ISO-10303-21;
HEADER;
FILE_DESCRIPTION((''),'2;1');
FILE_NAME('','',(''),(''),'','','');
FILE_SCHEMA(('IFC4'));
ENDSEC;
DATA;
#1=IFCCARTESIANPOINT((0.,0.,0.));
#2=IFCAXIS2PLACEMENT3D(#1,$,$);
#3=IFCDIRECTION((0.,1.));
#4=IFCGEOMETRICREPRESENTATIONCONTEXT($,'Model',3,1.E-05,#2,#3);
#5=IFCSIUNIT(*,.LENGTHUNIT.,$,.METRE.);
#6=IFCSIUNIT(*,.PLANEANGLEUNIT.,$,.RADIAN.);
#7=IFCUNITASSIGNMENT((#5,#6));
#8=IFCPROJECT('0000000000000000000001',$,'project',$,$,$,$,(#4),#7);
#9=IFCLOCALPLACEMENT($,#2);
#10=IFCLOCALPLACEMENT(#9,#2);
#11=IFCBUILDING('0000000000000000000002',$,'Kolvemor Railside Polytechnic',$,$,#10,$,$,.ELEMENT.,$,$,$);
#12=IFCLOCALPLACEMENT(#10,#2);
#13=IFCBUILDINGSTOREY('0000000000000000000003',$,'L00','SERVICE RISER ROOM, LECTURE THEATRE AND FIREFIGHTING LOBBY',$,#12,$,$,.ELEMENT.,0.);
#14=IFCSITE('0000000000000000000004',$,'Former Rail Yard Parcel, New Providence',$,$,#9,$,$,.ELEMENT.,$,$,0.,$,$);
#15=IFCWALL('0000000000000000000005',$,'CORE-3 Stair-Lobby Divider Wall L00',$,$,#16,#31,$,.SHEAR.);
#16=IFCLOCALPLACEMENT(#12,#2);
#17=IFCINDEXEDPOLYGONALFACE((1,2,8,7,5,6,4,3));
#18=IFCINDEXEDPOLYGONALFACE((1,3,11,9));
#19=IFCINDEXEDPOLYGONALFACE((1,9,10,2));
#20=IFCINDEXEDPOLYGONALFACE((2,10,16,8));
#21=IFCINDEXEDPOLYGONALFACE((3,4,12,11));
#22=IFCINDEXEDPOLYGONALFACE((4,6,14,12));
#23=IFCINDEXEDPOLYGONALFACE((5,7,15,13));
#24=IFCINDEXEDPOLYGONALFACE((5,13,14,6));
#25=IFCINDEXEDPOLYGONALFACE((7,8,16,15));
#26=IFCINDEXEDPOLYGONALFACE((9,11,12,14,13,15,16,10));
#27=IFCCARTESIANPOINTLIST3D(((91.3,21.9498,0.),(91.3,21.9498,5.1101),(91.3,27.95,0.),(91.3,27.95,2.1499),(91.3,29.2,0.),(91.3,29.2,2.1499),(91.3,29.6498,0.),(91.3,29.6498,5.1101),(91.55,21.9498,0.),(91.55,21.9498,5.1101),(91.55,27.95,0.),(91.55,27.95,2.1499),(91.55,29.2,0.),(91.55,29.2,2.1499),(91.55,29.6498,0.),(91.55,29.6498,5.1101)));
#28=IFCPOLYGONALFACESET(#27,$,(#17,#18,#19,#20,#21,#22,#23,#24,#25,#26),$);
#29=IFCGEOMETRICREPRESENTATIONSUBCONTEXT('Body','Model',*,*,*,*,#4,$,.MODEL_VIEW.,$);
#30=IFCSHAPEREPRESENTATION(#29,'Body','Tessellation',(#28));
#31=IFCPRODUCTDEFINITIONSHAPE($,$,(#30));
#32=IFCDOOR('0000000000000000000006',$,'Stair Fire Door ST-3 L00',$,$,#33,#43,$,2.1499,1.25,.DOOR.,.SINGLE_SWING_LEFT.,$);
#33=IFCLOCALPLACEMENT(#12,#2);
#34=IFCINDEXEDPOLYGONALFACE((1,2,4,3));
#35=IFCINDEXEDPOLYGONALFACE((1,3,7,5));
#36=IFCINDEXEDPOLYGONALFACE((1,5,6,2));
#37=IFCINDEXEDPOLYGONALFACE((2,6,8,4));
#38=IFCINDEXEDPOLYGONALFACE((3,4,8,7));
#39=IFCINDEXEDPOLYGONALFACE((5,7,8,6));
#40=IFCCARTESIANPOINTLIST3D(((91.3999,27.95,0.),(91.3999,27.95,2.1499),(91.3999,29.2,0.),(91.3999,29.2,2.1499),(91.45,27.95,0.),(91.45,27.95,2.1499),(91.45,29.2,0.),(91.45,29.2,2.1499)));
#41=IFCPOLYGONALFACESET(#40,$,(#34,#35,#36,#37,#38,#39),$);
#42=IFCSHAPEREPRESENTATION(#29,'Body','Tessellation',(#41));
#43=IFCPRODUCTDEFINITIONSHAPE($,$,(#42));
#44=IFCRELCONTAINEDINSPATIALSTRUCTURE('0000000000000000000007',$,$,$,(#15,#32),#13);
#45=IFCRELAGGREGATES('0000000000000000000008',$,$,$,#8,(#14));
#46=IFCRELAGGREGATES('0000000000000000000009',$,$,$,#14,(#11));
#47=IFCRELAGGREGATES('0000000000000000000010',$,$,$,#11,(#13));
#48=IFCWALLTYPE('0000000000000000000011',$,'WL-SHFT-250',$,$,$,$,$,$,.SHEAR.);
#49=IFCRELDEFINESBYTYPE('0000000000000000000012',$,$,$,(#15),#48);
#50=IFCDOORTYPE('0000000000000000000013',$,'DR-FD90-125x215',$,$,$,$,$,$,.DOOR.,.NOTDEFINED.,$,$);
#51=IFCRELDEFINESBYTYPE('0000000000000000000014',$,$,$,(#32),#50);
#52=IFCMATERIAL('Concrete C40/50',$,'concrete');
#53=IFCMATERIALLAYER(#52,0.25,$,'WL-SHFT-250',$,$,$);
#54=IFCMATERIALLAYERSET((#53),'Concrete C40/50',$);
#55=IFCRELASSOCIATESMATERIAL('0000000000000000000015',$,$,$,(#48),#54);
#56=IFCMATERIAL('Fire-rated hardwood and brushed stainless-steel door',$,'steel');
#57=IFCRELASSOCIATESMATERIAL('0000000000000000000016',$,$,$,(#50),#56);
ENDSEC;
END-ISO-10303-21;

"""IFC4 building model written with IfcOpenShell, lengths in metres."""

from ifc_helpers import new_model, si_unit, direction, frame, frame_2d, origin, place, context, subcontext, project, spatial, rectangle, extrude, material, layer, layer_set, type_object, element, fill, save


model = new_model("IFC4")

# Units and contexts
model_context = context("Model", 3, precision=1e-05, world=origin(), true_north=direction((0.0, 1.0)))
body_context = subcontext(model_context, "Body", "Model", "MODEL_VIEW")
ifc_project = project(units=[si_unit("LENGTHUNIT", "METRE"), si_unit("PLANEANGLEUNIT", "RADIAN")], contexts=[model_context])

# Site, building, storey
site_placement = place(None, origin())
site = spatial("IfcSite", under=ifc_project, at=site_placement, Name="Former Rail Yard Parcel, New Providence", CompositionType="ELEMENT", RefElevation=0.0)
building_placement = place(site_placement, origin())
building = spatial("IfcBuilding", under=site, at=building_placement, Name="Kolvemor Railside Polytechnic", CompositionType="ELEMENT")
storey_placement = place(building_placement, origin())
storey = spatial("IfcBuildingStorey", under=building, at=storey_placement, Name="L00", Description="SERVICE RISER ROOM, LECTURE THEATRE AND FIREFIGHTING LOBBY", CompositionType="ELEMENT", Elevation=0.0)

# Wall, opening, door
ifc_material_1 = material(Name="Concrete C40/50", Category="concrete")
ifc_layer_1 = layer(ifc_material_1, 0.25, Name="WL-SHFT-250")
ifc_layer_set_1 = layer_set([ifc_layer_1], Name="Concrete C40/50")
wall_type_1 = type_object("IfcWallType", Name="WL-SHFT-250", PredefinedType="SHEAR", material=ifc_layer_set_1)
wall_1_placement = place(storey_placement, frame((91.425, 29.6499, 0.0), z_axis=(0.0, 0.0, 1.0), x_axis=(0.0, -1.0, 0.0)))
wall_1 = element("IfcWall", 1, at=wall_1_placement, inside=storey, type_object=wall_type_1, Name="CORE-3 Stair-Lobby Divider Wall L00", PredefinedType="SHEAR", context=body_context, shape_type="SweptSolid", body=[
    extrude(rectangle(XDim=7.7, YDim=0.25, at=frame_2d((3.8501, 0.0))), origin(), (0.0, 0.0, 1.0), 5.1101),
])
opening_1_placement = place(wall_1_placement, frame((0.45, 0.0, 0.0)))
opening_1 = element("IfcOpeningElement", 2, at=opening_1_placement, cuts=wall_1, PredefinedType="OPENING", context=body_context, shape_type="SweptSolid", body=[
    extrude(rectangle(XDim=1.25, YDim=2.1499, at=frame_2d((0.625, 1.075))), frame((0.0, 0.135, 0.0), z_axis=(0.0, -1.0, 0.0), x_axis=(1.0, 0.0, 0.0)), (0.0, 0.0, 1.0), 0.27),
])
ifc_material_2 = material(Name="Fire-rated hardwood and brushed stainless-steel door", Category="steel")
door_type_1 = type_object("IfcDoorType", Name="DR-FD90-125x215", OperationType="NOTDEFINED", PredefinedType="DOOR", material=ifc_material_2)
door_1_placement = place(opening_1_placement, origin())
door_1 = element("IfcDoor", 3, at=door_1_placement, inside=storey, type_object=door_type_1, Name="Stair Fire Door ST-3 L00", OperationType="SINGLE_SWING_LEFT", OverallHeight=2.1499, OverallWidth=1.25, PredefinedType="DOOR", context=body_context, shape_type="SweptSolid", body=[
    extrude(rectangle(XDim=1.25, YDim=2.1499, at=frame_2d((0.625, 1.075))), frame((0.0, 0.0249, 0.0), z_axis=(0.0, -1.0, 0.0), x_axis=(1.0, 0.0, 0.0)), (0.0, 0.0, 1.0), 0.05),
])
fill(opening_1, door_1)

save(model, "model.ifc")
